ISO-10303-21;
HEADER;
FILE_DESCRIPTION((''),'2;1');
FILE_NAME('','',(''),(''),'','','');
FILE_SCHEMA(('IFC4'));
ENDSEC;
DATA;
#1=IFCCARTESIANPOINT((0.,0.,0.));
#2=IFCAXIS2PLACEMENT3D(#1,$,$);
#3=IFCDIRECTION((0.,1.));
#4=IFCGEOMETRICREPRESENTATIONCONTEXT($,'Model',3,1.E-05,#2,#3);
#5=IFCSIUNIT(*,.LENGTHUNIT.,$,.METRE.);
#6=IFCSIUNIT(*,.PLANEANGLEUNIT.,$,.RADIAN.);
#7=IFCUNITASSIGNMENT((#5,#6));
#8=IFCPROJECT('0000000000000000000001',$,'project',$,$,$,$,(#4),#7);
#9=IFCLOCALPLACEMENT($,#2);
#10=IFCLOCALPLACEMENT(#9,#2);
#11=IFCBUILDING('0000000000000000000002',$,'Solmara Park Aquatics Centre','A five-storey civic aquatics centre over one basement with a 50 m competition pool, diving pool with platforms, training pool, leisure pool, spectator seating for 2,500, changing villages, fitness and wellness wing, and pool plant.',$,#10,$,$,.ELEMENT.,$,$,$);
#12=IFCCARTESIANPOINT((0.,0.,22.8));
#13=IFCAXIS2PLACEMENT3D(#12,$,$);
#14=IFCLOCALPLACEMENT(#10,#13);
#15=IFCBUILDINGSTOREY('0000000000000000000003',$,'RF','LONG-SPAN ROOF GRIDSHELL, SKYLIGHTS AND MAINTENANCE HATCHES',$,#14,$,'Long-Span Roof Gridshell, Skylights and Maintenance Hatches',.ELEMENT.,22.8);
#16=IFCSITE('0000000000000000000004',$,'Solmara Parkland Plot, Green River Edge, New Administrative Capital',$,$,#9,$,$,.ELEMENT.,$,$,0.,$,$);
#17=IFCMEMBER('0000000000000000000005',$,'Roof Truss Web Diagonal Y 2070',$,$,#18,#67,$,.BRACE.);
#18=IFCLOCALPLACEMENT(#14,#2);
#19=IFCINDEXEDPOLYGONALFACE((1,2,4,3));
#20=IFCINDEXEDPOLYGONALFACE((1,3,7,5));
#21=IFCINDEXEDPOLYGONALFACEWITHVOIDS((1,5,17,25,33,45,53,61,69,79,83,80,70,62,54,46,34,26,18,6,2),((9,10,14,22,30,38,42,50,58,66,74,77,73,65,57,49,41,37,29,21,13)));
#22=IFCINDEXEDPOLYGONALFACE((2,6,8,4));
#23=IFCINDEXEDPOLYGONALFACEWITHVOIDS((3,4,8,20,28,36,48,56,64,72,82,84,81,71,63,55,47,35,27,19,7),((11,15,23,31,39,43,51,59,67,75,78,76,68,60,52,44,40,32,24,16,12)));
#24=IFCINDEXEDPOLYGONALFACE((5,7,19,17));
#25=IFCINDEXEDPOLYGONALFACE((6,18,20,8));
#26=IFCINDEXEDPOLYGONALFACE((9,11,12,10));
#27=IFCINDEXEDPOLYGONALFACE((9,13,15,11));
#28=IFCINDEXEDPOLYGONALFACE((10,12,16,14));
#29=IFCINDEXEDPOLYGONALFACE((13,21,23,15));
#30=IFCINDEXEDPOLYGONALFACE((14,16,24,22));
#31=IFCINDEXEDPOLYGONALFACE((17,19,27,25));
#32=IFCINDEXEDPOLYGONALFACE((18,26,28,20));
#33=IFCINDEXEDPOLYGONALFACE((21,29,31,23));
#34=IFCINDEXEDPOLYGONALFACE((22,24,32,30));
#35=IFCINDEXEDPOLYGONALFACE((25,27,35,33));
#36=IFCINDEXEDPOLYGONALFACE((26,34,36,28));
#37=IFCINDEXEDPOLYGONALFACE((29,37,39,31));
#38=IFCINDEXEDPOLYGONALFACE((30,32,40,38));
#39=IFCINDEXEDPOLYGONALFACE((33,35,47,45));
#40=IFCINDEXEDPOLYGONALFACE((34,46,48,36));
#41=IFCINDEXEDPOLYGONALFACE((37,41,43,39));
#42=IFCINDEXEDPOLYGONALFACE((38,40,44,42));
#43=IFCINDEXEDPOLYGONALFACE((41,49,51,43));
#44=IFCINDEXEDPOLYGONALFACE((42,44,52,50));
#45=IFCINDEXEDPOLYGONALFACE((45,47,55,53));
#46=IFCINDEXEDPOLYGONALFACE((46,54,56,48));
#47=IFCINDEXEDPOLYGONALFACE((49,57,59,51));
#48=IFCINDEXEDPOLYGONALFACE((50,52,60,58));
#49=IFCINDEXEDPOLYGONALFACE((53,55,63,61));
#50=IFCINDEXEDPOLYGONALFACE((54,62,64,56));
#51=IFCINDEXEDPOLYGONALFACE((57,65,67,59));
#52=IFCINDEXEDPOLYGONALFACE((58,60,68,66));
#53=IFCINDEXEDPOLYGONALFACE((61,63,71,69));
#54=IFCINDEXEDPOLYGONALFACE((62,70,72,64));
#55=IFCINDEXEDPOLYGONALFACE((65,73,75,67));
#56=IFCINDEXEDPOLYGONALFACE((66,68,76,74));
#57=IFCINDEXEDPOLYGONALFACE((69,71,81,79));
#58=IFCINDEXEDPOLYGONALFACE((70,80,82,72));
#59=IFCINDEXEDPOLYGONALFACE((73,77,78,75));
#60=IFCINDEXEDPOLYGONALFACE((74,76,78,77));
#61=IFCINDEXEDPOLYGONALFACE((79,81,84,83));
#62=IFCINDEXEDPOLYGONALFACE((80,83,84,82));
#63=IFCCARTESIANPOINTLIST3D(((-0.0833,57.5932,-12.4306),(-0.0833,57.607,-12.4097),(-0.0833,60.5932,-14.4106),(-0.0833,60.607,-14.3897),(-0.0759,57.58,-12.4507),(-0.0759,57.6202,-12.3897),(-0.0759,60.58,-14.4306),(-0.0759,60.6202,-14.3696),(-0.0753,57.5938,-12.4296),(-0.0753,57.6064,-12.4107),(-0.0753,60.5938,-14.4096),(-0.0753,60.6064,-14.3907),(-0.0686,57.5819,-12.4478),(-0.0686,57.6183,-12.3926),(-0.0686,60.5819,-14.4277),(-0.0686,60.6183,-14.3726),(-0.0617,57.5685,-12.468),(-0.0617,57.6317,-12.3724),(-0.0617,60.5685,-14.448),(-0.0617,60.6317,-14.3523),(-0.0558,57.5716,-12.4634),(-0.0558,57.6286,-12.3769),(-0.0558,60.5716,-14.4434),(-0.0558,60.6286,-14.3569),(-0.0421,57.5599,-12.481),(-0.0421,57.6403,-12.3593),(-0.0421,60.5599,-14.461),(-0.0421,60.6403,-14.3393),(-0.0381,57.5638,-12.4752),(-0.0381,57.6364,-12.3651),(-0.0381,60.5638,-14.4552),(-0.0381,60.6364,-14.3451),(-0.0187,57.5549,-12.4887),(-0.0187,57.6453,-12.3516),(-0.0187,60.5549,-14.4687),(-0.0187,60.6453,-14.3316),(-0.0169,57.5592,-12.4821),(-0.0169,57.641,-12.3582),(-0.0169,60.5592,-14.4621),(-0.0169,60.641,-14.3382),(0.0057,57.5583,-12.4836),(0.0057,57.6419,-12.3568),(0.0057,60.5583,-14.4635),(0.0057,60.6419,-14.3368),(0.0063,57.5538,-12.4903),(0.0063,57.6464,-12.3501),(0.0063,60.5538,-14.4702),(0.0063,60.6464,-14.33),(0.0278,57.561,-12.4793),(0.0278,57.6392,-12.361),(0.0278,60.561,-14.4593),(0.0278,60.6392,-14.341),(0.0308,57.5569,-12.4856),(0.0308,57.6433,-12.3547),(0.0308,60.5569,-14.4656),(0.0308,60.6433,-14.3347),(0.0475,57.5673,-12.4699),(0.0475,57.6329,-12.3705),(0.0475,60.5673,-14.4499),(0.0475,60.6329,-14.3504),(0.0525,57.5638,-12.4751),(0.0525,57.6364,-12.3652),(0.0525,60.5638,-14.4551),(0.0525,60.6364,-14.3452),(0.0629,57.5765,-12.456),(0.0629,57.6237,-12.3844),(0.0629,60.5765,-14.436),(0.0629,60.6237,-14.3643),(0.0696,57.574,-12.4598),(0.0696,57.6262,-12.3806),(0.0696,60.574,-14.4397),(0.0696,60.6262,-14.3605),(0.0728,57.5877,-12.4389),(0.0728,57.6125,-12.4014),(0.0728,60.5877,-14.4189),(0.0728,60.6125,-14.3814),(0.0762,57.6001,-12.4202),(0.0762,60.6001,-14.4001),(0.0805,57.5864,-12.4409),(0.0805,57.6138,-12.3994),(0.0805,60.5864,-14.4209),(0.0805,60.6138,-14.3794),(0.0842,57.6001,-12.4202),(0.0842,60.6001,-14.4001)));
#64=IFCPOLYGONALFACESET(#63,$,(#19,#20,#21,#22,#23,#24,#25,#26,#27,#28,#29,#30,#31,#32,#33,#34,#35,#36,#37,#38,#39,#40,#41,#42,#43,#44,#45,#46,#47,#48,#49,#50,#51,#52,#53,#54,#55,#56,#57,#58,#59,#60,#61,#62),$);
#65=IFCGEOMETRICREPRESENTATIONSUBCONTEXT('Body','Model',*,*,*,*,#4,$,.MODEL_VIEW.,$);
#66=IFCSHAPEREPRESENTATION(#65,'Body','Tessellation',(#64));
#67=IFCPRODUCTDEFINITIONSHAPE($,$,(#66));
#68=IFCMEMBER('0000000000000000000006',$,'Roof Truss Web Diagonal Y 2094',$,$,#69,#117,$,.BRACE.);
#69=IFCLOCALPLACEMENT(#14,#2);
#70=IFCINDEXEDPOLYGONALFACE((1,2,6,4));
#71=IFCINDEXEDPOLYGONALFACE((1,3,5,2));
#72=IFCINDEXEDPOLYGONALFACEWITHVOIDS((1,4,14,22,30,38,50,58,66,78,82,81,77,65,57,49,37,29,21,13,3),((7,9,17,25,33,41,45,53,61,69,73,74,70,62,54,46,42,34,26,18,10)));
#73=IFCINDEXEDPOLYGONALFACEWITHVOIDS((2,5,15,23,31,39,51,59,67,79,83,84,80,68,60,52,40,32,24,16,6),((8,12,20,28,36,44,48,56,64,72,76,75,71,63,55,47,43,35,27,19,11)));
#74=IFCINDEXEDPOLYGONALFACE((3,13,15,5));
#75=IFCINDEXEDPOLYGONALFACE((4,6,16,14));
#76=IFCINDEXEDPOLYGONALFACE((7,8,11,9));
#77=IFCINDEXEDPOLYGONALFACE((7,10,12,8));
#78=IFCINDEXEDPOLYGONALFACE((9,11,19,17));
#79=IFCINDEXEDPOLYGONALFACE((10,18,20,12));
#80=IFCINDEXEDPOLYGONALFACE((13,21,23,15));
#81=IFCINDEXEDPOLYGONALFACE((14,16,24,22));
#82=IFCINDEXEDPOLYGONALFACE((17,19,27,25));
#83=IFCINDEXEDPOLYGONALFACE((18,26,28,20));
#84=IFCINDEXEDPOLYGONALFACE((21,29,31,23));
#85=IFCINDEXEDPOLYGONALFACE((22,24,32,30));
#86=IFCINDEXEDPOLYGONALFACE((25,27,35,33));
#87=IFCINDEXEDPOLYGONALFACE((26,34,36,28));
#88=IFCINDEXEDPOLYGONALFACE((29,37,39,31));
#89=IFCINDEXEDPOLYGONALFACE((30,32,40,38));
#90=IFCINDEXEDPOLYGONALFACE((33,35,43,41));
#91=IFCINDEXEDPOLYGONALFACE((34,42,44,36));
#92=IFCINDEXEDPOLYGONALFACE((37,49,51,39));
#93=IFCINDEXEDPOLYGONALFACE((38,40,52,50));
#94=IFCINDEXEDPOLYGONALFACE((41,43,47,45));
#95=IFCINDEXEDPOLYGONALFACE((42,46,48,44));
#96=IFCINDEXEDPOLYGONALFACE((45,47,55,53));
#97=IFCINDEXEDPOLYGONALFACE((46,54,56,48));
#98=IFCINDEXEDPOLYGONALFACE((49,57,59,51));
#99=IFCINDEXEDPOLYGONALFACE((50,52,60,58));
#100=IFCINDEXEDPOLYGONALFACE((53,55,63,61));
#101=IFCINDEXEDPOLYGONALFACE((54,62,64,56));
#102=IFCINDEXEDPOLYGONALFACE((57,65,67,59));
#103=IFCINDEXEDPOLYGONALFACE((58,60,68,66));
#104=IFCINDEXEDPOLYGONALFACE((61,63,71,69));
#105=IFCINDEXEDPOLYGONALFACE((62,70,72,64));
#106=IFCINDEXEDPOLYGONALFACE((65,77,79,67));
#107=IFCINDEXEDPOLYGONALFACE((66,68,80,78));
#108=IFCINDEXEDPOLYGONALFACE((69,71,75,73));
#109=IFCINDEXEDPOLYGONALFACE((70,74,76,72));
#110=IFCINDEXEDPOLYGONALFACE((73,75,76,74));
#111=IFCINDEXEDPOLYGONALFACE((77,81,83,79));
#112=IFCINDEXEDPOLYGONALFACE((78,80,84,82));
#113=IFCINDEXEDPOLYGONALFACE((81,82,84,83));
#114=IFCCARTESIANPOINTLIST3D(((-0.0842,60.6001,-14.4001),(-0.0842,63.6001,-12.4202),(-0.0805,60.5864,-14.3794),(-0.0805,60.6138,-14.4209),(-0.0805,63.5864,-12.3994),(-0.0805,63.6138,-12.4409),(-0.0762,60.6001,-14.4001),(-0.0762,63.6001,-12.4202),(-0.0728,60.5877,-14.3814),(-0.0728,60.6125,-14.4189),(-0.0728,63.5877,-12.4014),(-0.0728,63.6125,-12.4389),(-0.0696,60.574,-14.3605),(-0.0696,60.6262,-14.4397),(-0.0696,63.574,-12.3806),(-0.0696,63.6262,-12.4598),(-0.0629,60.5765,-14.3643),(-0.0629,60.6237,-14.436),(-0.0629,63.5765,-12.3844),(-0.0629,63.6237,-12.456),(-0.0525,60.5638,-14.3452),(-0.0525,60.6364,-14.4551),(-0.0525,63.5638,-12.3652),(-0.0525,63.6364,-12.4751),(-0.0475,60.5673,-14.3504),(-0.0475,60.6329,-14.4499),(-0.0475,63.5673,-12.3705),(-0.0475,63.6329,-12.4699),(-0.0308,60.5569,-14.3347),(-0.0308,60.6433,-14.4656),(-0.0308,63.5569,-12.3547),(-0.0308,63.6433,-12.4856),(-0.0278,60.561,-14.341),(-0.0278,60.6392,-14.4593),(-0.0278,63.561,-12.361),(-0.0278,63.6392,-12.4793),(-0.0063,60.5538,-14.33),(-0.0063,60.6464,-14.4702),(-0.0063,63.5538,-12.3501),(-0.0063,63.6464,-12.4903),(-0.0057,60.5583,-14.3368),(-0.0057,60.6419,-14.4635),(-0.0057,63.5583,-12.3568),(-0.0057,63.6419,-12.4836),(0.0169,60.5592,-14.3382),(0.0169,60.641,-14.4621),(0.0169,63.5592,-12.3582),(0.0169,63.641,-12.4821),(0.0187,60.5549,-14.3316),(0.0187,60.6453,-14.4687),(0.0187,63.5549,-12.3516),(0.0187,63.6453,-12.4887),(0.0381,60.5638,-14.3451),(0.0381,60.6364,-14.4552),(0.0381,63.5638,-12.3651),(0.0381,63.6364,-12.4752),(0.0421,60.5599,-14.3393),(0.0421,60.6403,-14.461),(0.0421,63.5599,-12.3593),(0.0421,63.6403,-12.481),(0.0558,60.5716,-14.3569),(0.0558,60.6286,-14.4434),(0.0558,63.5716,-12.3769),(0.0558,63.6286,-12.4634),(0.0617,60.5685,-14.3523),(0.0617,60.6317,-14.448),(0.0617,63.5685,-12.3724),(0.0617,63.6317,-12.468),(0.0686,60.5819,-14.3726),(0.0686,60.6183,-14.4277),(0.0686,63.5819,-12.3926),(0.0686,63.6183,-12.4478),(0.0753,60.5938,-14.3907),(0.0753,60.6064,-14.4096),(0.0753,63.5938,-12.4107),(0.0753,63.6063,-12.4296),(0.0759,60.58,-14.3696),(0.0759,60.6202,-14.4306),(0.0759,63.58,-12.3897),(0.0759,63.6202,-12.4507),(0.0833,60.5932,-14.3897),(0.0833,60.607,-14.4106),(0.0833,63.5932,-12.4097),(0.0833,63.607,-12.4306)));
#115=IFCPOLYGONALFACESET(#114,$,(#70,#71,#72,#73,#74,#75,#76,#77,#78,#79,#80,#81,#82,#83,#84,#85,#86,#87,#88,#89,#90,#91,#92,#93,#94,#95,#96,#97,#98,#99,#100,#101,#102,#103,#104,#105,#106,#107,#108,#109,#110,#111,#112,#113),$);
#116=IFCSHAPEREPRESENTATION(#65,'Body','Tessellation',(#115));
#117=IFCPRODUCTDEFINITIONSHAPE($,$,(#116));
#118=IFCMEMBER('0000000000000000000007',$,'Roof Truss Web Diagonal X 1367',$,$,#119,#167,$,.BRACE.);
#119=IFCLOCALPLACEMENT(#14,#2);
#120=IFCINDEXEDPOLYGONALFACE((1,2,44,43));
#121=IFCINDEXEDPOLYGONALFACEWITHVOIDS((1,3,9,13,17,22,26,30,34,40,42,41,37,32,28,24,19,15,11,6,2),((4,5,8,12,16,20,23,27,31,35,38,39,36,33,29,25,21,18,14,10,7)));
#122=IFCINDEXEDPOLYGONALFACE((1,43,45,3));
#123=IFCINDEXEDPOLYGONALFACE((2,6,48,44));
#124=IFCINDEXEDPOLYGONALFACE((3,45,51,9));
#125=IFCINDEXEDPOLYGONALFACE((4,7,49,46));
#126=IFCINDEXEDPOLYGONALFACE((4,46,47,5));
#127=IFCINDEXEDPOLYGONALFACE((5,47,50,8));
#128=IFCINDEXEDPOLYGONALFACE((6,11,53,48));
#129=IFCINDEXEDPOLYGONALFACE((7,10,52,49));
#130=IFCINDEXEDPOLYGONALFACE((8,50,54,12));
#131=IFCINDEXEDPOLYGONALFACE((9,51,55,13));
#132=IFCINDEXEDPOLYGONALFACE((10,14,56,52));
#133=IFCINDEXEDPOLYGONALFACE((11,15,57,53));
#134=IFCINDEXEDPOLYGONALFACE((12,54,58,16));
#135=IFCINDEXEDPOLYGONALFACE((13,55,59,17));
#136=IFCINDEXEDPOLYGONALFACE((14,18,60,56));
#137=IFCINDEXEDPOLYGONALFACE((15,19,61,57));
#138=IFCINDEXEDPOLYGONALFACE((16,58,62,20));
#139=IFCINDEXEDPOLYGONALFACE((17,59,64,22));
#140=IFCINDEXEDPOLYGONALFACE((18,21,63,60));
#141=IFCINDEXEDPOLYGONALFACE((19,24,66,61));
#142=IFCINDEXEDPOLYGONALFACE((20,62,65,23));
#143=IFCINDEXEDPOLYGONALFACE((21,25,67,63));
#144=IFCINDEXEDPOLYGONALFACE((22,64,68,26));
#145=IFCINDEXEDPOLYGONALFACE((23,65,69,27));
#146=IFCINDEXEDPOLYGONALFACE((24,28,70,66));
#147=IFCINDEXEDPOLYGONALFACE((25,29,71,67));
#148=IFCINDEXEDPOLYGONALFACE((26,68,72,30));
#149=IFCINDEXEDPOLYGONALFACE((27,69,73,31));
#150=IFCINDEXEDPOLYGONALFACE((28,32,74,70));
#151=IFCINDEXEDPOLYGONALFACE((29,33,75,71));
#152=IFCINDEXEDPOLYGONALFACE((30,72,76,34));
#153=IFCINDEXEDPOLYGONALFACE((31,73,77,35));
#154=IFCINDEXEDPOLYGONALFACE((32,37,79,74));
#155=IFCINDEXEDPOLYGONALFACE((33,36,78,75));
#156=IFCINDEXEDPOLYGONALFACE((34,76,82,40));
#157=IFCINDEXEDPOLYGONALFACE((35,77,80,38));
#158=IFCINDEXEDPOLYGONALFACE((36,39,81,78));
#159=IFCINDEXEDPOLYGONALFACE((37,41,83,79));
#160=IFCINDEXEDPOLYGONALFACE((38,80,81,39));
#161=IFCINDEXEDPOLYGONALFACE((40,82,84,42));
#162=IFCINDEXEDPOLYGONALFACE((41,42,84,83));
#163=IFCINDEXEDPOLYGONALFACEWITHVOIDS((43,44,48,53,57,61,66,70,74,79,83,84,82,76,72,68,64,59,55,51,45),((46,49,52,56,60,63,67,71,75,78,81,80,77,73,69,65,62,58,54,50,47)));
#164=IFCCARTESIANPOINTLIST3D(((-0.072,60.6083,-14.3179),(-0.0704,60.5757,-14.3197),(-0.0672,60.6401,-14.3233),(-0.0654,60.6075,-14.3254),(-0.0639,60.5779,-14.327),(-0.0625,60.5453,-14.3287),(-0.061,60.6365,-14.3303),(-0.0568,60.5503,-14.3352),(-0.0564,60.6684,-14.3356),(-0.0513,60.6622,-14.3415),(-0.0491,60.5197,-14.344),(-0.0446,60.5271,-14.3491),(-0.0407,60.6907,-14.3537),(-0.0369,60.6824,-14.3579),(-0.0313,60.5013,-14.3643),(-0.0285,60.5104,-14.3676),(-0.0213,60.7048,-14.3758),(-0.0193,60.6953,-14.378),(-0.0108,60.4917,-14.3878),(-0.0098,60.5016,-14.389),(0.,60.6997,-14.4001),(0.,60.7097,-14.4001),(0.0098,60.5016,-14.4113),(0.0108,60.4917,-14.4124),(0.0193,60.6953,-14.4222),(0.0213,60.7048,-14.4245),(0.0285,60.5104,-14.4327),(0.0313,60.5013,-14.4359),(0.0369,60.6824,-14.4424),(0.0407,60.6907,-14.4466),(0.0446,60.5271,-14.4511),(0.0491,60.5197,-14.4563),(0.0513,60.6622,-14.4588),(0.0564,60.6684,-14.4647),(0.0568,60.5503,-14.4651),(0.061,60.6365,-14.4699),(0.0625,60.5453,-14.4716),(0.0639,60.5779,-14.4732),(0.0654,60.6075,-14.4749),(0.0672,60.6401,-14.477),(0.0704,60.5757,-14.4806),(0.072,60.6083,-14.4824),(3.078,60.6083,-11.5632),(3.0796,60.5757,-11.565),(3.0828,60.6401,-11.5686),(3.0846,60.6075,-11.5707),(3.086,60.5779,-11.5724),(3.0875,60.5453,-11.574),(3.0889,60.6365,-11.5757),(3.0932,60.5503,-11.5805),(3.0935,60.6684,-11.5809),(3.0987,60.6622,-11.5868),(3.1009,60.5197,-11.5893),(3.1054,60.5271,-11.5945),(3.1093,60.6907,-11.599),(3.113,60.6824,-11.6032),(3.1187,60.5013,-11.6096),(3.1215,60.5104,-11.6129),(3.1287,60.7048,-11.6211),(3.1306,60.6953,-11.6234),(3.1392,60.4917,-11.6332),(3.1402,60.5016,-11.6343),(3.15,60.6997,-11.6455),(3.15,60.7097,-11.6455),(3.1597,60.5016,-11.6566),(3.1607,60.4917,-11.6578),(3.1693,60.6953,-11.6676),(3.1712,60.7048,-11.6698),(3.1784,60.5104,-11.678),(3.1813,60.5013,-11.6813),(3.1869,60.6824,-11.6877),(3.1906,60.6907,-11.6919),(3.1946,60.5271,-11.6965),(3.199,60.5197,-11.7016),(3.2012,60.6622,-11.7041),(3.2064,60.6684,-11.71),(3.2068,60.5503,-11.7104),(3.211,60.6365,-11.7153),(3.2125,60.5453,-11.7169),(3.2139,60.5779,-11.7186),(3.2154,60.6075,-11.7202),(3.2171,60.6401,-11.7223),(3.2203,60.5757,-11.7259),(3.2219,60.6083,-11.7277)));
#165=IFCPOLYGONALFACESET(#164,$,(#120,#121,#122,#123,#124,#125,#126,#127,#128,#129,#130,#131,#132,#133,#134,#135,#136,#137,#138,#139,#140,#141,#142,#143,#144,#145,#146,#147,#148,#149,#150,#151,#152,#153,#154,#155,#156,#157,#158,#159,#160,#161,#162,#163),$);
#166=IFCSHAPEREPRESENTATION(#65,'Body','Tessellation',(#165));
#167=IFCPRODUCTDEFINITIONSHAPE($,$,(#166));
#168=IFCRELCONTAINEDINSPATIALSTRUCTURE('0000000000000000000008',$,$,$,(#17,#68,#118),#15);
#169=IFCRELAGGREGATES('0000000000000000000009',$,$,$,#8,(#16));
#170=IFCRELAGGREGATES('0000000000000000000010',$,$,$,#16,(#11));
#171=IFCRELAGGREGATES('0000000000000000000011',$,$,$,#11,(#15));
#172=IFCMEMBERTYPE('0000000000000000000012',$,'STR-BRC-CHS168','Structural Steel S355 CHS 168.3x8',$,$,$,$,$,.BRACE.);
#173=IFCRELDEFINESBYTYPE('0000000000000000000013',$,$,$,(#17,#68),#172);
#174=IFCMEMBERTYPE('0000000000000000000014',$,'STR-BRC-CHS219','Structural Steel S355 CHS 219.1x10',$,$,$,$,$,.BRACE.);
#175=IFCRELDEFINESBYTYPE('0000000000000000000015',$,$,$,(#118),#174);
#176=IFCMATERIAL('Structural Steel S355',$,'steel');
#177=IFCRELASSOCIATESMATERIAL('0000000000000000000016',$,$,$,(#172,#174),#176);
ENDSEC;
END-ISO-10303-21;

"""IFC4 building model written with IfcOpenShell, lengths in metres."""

from ifc_helpers import new_model, si_unit, direction, frame, origin, origin_2d, place, context, subcontext, project, spatial, hollow_circle, extrude, material, material_profile, profile_set, type_object, element, save


model = new_model("IFC4")

# Units and contexts
model_context = context("Model", 3, precision=1e-05, world=origin(), true_north=direction((0.0, 1.0)))
body_context = subcontext(model_context, "Body", "Model", "MODEL_VIEW")
ifc_project = project(units=[si_unit("LENGTHUNIT", "METRE"), si_unit("PLANEANGLEUNIT", "RADIAN")], contexts=[model_context])

# Site, building, storey
site_placement = place(None, origin())
site = spatial("IfcSite", under=ifc_project, at=site_placement, Name="Solmara Parkland Plot, Green River Edge, New Administrative Capital", CompositionType="ELEMENT", RefElevation=0.0)
building_placement = place(site_placement, origin())
building = spatial("IfcBuilding", under=site, at=building_placement, Name="Solmara Park Aquatics Centre", Description="A five-storey civic aquatics centre over one basement with a 50 m competition pool, diving pool with platforms, training pool, leisure pool, spectator seating for 2,500, changing villages, fitness and wellness wing, and pool plant.", CompositionType="ELEMENT")
storey_placement = place(building_placement, frame((0.0, 0.0, 22.8)))
storey = spatial("IfcBuildingStorey", under=building, at=storey_placement, Name="RF", Description="LONG-SPAN ROOF GRIDSHELL, SKYLIGHTS AND MAINTENANCE HATCHES", LongName="Long-Span Roof Gridshell, Skylights and Maintenance Hatches", CompositionType="ELEMENT", Elevation=22.8)

# Members
ifc_material_1 = material(Name="Structural Steel S355", Category="steel")
ifc_material_profile_1 = material_profile(ifc_material_1, hollow_circle(Radius=0.0842, WallThickness=0.0081, at=origin_2d()), Name="CHS 168.3x8")
ifc_profile_set_1 = profile_set([ifc_material_profile_1], Name="Structural Steel S355")
member_type_1 = type_object("IfcMemberType", Name="STR-BRC-CHS168", Description="Structural Steel S355 CHS 168.3x8", PredefinedType="BRACE", material=ifc_profile_set_1)
for number, where, z_axis, x_axis, name in (
    (1, (0.0, 60.6001, -14.4001), (0.0, -0.834612, 0.550838), (1.0, 0.0, 0.0), "Roof Truss Web Diagonal Y 2070"),
    (2, (0.0, 60.6001, -14.4001), (0.0, 0.834612, 0.550838), (-1.0, 0.0, 0.0), "Roof Truss Web Diagonal Y 2094"),
):
    element("IfcMember", number, at=place(storey_placement, frame(where, z_axis=z_axis, x_axis=x_axis)), inside=storey, type_object=member_type_1, Name=name, PredefinedType="BRACE", context=body_context, shape_type="SweptSolid", body=[
        extrude(hollow_circle(Radius=0.0842, WallThickness=0.0081, at=origin_2d()), origin(), (0.0, 0.0, 1.0), 3.5945),
    ])
ifc_material_profile_2 = material_profile(ifc_material_1, hollow_circle(Radius=0.1096, WallThickness=0.01, at=origin_2d()), Name="CHS 219.1x10")
ifc_profile_set_2 = profile_set([ifc_material_profile_2], Name="Structural Steel S355")
member_type_2 = type_object("IfcMemberType", Name="STR-BRC-CHS219", Description="Structural Steel S355 CHS 219.1x10", PredefinedType="BRACE", material=ifc_profile_set_2)
member_1_placement = place(storey_placement, frame((0.0, 60.6001, -14.4001), z_axis=(0.752757, 0.0, 0.658298), x_axis=(0.0, 1.0, 0.0)))
element("IfcMember", 3, at=member_1_placement, inside=storey, type_object=member_type_2, Name="Roof Truss Web Diagonal X 1367", PredefinedType="BRACE", context=body_context, shape_type="SweptSolid", body=[
    extrude(hollow_circle(Radius=0.1096, WallThickness=0.01, at=origin_2d()), origin(), (0.0, 0.0, 1.0), 4.1846),
])

save(model, "model.ifc")
